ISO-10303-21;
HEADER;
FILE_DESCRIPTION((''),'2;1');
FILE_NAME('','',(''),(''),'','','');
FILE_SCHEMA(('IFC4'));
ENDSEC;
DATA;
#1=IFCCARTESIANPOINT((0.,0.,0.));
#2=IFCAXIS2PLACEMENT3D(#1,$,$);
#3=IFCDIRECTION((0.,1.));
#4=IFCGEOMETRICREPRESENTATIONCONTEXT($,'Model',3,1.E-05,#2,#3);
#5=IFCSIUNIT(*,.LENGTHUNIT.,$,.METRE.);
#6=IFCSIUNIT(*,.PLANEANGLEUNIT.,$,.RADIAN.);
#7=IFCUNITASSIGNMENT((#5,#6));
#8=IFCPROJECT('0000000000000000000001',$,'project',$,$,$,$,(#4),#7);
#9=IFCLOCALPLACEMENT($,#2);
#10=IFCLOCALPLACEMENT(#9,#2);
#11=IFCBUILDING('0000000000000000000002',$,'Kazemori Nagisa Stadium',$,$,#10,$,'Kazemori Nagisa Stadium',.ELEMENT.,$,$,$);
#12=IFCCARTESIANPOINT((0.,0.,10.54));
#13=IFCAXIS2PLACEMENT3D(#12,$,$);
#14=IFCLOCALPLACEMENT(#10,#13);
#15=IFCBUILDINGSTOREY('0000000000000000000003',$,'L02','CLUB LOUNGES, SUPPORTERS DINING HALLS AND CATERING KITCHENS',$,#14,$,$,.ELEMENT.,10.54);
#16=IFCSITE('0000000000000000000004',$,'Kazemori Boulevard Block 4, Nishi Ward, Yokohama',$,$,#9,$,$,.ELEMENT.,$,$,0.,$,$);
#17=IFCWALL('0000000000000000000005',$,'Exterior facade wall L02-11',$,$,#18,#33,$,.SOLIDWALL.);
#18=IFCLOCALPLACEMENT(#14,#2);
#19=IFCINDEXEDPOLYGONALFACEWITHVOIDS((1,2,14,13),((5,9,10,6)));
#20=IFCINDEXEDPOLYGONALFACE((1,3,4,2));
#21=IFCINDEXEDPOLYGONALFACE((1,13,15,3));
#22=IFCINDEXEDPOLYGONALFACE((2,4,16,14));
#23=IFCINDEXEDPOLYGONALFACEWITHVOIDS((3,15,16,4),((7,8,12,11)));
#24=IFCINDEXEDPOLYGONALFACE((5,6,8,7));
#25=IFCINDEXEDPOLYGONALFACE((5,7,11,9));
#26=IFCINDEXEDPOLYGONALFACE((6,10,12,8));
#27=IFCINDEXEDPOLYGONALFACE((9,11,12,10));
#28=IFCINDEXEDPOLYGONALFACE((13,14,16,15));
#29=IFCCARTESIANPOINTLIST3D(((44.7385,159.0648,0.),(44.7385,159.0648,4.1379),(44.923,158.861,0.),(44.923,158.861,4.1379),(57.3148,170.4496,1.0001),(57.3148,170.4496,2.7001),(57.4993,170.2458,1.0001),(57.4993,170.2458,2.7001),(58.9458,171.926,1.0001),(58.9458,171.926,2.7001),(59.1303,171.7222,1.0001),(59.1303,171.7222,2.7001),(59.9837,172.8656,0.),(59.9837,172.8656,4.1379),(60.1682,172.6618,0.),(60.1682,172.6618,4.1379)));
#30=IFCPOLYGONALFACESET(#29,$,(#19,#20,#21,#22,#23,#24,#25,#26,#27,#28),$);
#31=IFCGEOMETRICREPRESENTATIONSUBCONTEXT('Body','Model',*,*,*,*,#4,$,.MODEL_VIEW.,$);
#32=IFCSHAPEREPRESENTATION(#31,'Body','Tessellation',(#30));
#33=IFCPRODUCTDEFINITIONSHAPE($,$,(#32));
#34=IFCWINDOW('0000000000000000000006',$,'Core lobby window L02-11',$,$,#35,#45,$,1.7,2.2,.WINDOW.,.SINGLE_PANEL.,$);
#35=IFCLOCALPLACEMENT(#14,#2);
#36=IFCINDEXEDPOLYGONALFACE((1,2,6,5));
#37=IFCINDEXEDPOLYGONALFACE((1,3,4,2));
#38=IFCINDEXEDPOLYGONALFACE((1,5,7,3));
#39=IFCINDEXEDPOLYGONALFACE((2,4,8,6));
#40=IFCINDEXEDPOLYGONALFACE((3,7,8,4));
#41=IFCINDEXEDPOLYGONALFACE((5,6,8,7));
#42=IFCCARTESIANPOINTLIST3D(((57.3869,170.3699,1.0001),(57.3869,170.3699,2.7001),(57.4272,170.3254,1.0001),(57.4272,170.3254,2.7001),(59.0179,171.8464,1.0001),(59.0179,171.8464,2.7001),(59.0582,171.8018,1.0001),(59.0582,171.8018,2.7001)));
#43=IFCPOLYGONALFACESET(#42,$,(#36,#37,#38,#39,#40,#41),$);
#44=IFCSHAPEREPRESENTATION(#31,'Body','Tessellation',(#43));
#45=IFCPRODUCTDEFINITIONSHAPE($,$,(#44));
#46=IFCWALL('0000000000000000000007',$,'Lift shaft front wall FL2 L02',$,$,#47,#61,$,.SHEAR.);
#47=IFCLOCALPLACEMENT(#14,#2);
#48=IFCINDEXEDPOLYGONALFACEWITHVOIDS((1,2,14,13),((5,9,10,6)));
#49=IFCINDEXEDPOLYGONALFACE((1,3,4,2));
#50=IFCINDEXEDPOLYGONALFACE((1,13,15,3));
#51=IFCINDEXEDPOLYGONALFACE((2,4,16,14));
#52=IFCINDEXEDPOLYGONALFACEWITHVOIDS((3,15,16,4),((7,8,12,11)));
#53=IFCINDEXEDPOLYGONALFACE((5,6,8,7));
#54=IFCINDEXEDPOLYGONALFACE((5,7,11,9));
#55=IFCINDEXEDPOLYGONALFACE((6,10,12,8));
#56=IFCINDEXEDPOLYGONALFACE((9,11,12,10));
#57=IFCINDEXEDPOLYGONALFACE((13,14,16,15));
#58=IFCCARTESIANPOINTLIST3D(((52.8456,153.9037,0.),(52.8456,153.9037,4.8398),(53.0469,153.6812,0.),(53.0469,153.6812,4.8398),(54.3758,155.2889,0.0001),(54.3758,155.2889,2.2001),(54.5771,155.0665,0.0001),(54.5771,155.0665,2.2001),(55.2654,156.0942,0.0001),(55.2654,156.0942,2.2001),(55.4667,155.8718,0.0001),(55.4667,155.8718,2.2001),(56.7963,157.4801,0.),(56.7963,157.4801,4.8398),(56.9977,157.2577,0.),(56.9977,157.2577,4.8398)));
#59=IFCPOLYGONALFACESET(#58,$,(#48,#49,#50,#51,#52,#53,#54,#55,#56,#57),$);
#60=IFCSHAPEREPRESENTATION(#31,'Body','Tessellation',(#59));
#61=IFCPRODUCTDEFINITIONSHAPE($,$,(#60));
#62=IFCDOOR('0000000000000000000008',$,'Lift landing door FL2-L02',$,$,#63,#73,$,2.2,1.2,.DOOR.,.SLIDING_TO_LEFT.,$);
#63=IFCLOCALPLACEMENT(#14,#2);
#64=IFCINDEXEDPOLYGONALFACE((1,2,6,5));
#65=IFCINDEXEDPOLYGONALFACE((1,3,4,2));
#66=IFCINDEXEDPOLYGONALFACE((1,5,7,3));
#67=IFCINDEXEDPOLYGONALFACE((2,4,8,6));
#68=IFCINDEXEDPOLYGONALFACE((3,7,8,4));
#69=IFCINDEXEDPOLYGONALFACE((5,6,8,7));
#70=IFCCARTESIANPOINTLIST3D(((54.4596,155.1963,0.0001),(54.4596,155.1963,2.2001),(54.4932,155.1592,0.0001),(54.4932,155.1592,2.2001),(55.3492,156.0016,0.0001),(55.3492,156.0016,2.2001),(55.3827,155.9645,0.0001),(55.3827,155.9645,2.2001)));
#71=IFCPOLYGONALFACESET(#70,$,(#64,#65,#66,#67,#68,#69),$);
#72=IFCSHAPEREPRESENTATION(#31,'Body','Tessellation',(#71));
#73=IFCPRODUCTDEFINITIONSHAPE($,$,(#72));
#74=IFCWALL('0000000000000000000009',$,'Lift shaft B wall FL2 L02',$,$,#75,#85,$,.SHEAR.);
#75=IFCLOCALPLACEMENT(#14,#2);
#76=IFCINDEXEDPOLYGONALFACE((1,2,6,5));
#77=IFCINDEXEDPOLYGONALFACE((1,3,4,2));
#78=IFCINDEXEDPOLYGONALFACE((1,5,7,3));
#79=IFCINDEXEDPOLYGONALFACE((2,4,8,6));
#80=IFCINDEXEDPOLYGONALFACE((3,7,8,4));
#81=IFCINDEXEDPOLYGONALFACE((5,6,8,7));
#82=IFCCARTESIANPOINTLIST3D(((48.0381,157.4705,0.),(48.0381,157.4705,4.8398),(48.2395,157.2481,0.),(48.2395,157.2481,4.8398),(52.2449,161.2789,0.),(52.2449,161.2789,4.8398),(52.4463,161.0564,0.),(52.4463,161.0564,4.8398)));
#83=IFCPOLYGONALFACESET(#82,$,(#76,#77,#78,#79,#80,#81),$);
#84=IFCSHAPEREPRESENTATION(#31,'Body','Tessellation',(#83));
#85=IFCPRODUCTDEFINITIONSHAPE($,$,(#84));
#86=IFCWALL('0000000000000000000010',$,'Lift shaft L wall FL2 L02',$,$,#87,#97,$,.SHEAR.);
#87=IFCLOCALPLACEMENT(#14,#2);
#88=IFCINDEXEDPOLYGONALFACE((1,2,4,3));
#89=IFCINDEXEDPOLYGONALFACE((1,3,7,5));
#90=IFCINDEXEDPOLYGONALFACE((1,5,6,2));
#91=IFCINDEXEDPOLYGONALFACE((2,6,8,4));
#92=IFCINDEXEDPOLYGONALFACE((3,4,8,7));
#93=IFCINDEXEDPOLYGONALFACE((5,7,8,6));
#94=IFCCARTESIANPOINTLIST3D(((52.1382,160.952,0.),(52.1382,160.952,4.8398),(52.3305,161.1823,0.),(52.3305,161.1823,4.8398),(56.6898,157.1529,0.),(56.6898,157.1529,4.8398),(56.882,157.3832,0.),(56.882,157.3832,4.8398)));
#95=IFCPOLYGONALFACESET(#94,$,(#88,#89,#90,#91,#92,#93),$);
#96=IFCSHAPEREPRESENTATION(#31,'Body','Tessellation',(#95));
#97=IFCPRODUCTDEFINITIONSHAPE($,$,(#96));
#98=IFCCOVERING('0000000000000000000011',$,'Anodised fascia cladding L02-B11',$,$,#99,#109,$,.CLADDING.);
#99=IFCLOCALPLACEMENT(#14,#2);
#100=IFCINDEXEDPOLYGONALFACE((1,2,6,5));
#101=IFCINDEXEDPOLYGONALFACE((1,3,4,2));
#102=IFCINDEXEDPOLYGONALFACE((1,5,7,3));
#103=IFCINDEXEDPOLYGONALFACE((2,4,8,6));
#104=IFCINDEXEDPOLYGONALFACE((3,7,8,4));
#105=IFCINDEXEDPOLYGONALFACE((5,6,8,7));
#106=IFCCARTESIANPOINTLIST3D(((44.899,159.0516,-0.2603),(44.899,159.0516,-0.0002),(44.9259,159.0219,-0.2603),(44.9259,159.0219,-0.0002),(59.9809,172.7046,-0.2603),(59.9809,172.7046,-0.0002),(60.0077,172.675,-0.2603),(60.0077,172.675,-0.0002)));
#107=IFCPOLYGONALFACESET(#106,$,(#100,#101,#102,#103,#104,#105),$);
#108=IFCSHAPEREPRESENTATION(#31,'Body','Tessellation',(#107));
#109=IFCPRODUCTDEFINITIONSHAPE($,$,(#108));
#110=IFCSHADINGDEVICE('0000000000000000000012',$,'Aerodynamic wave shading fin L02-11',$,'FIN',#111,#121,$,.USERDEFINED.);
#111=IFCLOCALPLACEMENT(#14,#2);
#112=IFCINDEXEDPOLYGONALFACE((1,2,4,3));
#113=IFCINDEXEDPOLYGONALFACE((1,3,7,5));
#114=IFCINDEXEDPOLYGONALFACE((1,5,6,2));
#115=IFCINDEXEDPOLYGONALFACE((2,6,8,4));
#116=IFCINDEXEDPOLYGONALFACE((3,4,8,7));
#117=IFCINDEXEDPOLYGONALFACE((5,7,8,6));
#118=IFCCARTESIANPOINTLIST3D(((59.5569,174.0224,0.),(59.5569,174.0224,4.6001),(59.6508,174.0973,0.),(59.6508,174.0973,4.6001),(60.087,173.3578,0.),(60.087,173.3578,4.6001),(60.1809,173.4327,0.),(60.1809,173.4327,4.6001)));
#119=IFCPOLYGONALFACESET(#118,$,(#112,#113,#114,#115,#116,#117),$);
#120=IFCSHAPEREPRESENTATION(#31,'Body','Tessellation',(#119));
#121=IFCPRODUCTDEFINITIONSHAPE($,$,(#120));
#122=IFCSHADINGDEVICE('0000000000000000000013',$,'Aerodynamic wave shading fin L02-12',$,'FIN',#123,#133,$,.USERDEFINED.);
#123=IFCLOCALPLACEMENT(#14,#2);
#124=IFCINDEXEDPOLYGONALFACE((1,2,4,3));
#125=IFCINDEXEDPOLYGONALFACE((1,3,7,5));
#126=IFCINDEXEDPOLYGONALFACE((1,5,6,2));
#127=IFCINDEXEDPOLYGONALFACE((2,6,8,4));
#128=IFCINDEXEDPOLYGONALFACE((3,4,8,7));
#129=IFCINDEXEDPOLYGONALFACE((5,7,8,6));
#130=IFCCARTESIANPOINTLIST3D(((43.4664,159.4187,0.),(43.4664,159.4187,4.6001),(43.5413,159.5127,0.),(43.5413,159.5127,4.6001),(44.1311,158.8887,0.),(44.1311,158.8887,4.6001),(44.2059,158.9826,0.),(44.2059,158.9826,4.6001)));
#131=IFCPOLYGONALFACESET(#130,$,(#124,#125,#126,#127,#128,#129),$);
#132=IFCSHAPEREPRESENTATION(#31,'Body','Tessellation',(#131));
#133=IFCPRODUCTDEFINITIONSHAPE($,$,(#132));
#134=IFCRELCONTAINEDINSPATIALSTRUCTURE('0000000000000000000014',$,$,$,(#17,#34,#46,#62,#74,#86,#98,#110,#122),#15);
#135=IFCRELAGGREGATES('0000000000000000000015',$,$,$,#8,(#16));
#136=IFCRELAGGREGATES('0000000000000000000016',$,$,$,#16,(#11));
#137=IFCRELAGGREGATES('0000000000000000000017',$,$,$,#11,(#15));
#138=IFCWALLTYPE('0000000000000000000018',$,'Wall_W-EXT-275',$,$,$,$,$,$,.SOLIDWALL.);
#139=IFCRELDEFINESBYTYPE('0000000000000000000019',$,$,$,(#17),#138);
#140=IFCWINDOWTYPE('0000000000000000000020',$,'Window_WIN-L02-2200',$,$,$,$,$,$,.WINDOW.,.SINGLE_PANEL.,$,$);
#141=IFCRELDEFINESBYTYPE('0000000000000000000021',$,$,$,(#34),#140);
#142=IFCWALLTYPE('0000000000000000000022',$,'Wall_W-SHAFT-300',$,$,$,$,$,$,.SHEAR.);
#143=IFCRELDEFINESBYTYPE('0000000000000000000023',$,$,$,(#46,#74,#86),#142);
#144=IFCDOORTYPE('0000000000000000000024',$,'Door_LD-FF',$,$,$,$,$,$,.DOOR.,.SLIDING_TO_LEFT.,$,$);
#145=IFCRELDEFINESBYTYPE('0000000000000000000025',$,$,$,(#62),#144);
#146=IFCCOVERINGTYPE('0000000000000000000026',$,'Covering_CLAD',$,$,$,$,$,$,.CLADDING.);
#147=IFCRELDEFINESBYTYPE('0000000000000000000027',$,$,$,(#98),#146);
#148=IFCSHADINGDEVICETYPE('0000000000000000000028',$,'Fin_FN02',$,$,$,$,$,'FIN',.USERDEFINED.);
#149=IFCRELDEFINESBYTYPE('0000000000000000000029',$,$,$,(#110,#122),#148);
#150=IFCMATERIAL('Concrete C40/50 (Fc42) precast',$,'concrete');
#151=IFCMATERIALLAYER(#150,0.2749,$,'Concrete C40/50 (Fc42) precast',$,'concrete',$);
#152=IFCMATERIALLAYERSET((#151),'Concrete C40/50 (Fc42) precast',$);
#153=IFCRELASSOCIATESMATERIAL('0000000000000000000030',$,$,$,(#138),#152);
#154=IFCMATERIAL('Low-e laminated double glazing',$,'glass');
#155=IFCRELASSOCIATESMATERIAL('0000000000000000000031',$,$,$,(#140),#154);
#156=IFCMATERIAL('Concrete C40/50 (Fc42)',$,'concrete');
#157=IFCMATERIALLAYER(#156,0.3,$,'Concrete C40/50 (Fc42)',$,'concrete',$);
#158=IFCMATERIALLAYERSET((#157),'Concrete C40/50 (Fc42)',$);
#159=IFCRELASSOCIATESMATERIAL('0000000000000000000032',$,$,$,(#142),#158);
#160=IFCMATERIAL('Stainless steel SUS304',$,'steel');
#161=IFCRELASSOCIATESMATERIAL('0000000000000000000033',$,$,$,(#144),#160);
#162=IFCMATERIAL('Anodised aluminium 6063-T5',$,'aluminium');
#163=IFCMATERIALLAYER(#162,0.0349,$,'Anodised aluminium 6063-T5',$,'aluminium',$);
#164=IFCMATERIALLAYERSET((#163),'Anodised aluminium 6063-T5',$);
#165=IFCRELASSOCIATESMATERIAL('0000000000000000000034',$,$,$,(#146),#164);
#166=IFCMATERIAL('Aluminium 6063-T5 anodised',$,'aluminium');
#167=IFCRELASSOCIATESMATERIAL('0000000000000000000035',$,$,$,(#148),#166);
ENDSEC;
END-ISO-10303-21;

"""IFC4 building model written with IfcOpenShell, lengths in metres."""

from ifc_helpers import new_model, si_unit, direction, frame, frame_2d, origin, origin_2d, place, context, subcontext, project, spatial, rectangle, extrude, material, layer, layer_set, type_object, element, fill, save


model = new_model("IFC4")

# Units and contexts
model_context = context("Model", 3, precision=1e-05, world=origin(), true_north=direction((0.0, 1.0)))
body_context = subcontext(model_context, "Body", "Model", "MODEL_VIEW")
ifc_project = project(units=[si_unit("LENGTHUNIT", "METRE"), si_unit("PLANEANGLEUNIT", "RADIAN")], contexts=[model_context])

# Site, building, storey
site_placement = place(None, origin())
site = spatial("IfcSite", under=ifc_project, at=site_placement, Name="Kazemori Boulevard Block 4, Nishi Ward, Yokohama", CompositionType="ELEMENT", RefElevation=0.0)
building_placement = place(site_placement, origin())
building = spatial("IfcBuilding", under=site, at=building_placement, Name="Kazemori Nagisa Stadium", LongName="Kazemori Nagisa Stadium", CompositionType="ELEMENT")
storey_placement = place(building_placement, frame((0.0, 0.0, 10.54)))
storey = spatial("IfcBuildingStorey", under=building, at=storey_placement, Name="L02", Description="CLUB LOUNGES, SUPPORTERS DINING HALLS AND CATERING KITCHENS", CompositionType="ELEMENT", Elevation=10.54)

# Shared definitions
ifc_material_1 = material(Name="Concrete C40/50 (Fc42)", Category="concrete")

# Shared definitions
ifc_material_2 = material(Name="Anodised aluminium 6063-T5", Category="aluminium")
ifc_material_3 = material(Name="Aluminium 6063-T5 anodised", Category="aluminium")

# Wall, opening, window
ifc_material_4 = material(Name="Concrete C40/50 (Fc42) precast", Category="concrete")
ifc_layer_1 = layer(ifc_material_4, 0.2749, Name="Concrete C40/50 (Fc42) precast", Category="concrete")
ifc_layer_set_1 = layer_set([ifc_layer_1], Name="Concrete C40/50 (Fc42) precast")
wall_type_1 = type_object("IfcWallType", Name="Wall_W-EXT-275", PredefinedType="SOLIDWALL", material=ifc_layer_set_1)
wall_1_placement = place(storey_placement, frame((60.0759, 172.7637, 0.0), z_axis=(0.0, 0.0, 1.0), x_axis=(-0.741352, -0.671116, 0.0)))
wall_1 = element("IfcWall", 1, at=wall_1_placement, inside=storey, type_object=wall_type_1, Name="Exterior facade wall L02-11", PredefinedType="SOLIDWALL", context=body_context, shape_type="SweptSolid", body=[
    extrude(rectangle(XDim=20.564, YDim=0.2749, at=frame_2d((10.282, 0.0))), origin(), (0.0, 0.0, 1.0), 4.1379),
])
opening_1_placement = place(wall_1_placement, frame((1.3999, 0.0, 1.0)))
opening_1 = element("IfcOpeningElement", 2, at=opening_1_placement, cuts=wall_1, PredefinedType="OPENING", context=body_context, shape_type="SweptSolid", body=[
    extrude(rectangle(XDim=2.2, YDim=1.7, at=frame_2d((1.1001, 0.8501))), frame((0.0, 0.1475, 0.0), z_axis=(0.0, -1.0, 0.0), x_axis=(1.0, 0.0, 0.0)), (0.0, 0.0, 1.0), 0.2949),
])
ifc_material_5 = material(Name="Low-e laminated double glazing", Category="glass")
window_type = type_object("IfcWindowType", Name="Window_WIN-L02-2200", PartitioningType="SINGLE_PANEL", PredefinedType="WINDOW", material=ifc_material_5)
window_placement = place(opening_1_placement, origin())
window = element("IfcWindow", 3, at=window_placement, inside=storey, type_object=window_type, Name="Core lobby window L02-11", OverallHeight=1.7, OverallWidth=2.2, PartitioningType="SINGLE_PANEL", PredefinedType="WINDOW", context=body_context, shape_type="SweptSolid", body=[
    extrude(rectangle(XDim=2.2, YDim=1.7, at=frame_2d((1.1001, 0.8501))), frame((0.0, 0.03, 0.0), z_axis=(0.0, -1.0, 0.0), x_axis=(1.0, 0.0, 0.0)), (0.0, 0.0, 1.0), 0.0601),
])
fill(opening_1, window)

# Wall, opening, door
ifc_layer_2 = layer(ifc_material_1, 0.3, Name="Concrete C40/50 (Fc42)", Category="concrete")
ifc_layer_set_2 = layer_set([ifc_layer_2], Name="Concrete C40/50 (Fc42)")
wall_type_2 = type_object("IfcWallType", Name="Wall_W-SHAFT-300", PredefinedType="SHEAR", material=ifc_layer_set_2)
wall_2_placement = place(storey_placement, frame((56.897, 157.3689, 0.0), z_axis=(0.0, 0.0, 1.0), x_axis=(-0.74135, -0.671118, 0.0)))
wall_2 = element("IfcWall", 4, at=wall_2_placement, inside=storey, type_object=wall_type_2, Name="Lift shaft front wall FL2 L02", PredefinedType="SHEAR", context=body_context, shape_type="SweptSolid", body=[
    extrude(rectangle(XDim=5.3291, YDim=0.3, at=frame_2d((2.6646, 0.0))), origin(), (0.0, 0.0, 1.0), 4.8398),
])
opening_2_placement = place(wall_2_placement, frame((2.0649, 0.0, 0.0)))
opening_2 = element("IfcOpeningElement", 5, at=opening_2_placement, cuts=wall_2, PredefinedType="OPENING", context=body_context, shape_type="SweptSolid", body=[
    extrude(rectangle(XDim=1.2, YDim=2.2, at=frame_2d((0.6001, 1.1001))), frame((0.0, 0.1599, 0.0), z_axis=(0.0, -1.0, 0.0), x_axis=(1.0, 0.0, 0.0)), (0.0, 0.0, 1.0), 0.3201),
])
ifc_material_6 = material(Name="Stainless steel SUS304", Category="steel")
door_type = type_object("IfcDoorType", Name="Door_LD-FF", OperationType="SLIDING_TO_LEFT", PredefinedType="DOOR", material=ifc_material_6)
door_placement = place(opening_2_placement, origin())
door = element("IfcDoor", 6, at=door_placement, inside=storey, type_object=door_type, Name="Lift landing door FL2-L02", OperationType="SLIDING_TO_LEFT", OverallHeight=2.2, OverallWidth=1.2, PredefinedType="DOOR", context=body_context, shape_type="SweptSolid", body=[
    extrude(rectangle(XDim=1.2, YDim=2.2, at=frame_2d((0.6001, 1.1001))), frame((0.0, 0.0249, 0.0), z_axis=(0.0, -1.0, 0.0), x_axis=(1.0, 0.0, 0.0)), (0.0, 0.0, 1.0), 0.05),
])
fill(opening_2, door)

# Walls
wall_3_placement = place(storey_placement, frame((52.3457, 161.1677, 0.0), z_axis=(0.0, 0.0, 1.0), x_axis=(-0.741342, -0.671127, 0.0)))
element("IfcWall", 7, at=wall_3_placement, inside=storey, type_object=wall_type_2, Name="Lift shaft B wall FL2 L02", PredefinedType="SHEAR", context=body_context, shape_type="SweptSolid", body=[
    extrude(rectangle(XDim=5.6746, YDim=0.3, at=frame_2d((2.8374, 0.0))), origin(), (0.0, 0.0, 1.0), 4.8398),
])
wall_4_placement = place(storey_placement, frame((56.7859, 157.2681, 0.0), z_axis=(0.0, 0.0, 1.0), x_axis=(-0.767711, 0.640796, 0.0)))
element("IfcWall", 8, at=wall_4_placement, inside=storey, type_object=wall_type_2, Name="Lift shaft L wall FL2 L02", PredefinedType="SHEAR", context=body_context, shape_type="SweptSolid", body=[
    extrude(rectangle(XDim=5.9287, YDim=0.3, at=frame_2d((2.9644, 0.0))), origin(), (0.0, 0.0, 1.0), 4.8398),
])

# Covering
ifc_layer_3 = layer(ifc_material_2, 0.0349, Name="Anodised aluminium 6063-T5", Category="aluminium")
ifc_layer_set_3 = layer_set([ifc_layer_3], Name="Anodised aluminium 6063-T5")
covering_type = type_object("IfcCoveringType", Name="Covering_CLAD", PredefinedType="CLADDING", material=ifc_layer_set_3)
covering_placement = place(storey_placement, frame((52.4534, 165.8633, -0.2603), z_axis=(0.0, 0.0, 1.0), x_axis=(-0.741351, -0.671118, 0.0)))
element("IfcCovering", 9, at=covering_placement, inside=storey, type_object=covering_type, Name="Anodised fascia cladding L02-B11", PredefinedType="CLADDING", context=body_context, shape_type="SweptSolid", body=[
    extrude(rectangle(XDim=20.3438, YDim=0.04, at=origin_2d()), origin(), (0.0, 0.0, 1.0), 0.26),
])

# Shading devices
shading_device_type = type_object("IfcShadingDeviceType", Name="Fin_FN02", ElementType="FIN", PredefinedType="USERDEFINED", material=ifc_material_3)
for number, where, z_axis, x_axis, name in (
    (10, (59.8689, 173.7275, 0.0), (0.0, 0.0, 1.0), (-0.62349, 0.781831, 0.0), "Aerodynamic wave shading fin L02-11"),
    (11, (43.8362, 159.2007, 0.0), (0.0, 0.0, 1.0), (-0.781831, 0.62349, 0.0), "Aerodynamic wave shading fin L02-12"),
):
    element("IfcShadingDevice", number, at=place(storey_placement, frame(where, z_axis=z_axis, x_axis=x_axis)), inside=storey, type_object=shading_device_type, Name=name, ObjectType="FIN", PredefinedType="USERDEFINED", context=body_context, shape_type="SweptSolid", body=[
        extrude(rectangle(XDim=0.8501, YDim=0.1201, at=origin_2d()), origin(), (0.0, 0.0, 1.0), 4.6001),
    ])

save(model, "model.ifc")
